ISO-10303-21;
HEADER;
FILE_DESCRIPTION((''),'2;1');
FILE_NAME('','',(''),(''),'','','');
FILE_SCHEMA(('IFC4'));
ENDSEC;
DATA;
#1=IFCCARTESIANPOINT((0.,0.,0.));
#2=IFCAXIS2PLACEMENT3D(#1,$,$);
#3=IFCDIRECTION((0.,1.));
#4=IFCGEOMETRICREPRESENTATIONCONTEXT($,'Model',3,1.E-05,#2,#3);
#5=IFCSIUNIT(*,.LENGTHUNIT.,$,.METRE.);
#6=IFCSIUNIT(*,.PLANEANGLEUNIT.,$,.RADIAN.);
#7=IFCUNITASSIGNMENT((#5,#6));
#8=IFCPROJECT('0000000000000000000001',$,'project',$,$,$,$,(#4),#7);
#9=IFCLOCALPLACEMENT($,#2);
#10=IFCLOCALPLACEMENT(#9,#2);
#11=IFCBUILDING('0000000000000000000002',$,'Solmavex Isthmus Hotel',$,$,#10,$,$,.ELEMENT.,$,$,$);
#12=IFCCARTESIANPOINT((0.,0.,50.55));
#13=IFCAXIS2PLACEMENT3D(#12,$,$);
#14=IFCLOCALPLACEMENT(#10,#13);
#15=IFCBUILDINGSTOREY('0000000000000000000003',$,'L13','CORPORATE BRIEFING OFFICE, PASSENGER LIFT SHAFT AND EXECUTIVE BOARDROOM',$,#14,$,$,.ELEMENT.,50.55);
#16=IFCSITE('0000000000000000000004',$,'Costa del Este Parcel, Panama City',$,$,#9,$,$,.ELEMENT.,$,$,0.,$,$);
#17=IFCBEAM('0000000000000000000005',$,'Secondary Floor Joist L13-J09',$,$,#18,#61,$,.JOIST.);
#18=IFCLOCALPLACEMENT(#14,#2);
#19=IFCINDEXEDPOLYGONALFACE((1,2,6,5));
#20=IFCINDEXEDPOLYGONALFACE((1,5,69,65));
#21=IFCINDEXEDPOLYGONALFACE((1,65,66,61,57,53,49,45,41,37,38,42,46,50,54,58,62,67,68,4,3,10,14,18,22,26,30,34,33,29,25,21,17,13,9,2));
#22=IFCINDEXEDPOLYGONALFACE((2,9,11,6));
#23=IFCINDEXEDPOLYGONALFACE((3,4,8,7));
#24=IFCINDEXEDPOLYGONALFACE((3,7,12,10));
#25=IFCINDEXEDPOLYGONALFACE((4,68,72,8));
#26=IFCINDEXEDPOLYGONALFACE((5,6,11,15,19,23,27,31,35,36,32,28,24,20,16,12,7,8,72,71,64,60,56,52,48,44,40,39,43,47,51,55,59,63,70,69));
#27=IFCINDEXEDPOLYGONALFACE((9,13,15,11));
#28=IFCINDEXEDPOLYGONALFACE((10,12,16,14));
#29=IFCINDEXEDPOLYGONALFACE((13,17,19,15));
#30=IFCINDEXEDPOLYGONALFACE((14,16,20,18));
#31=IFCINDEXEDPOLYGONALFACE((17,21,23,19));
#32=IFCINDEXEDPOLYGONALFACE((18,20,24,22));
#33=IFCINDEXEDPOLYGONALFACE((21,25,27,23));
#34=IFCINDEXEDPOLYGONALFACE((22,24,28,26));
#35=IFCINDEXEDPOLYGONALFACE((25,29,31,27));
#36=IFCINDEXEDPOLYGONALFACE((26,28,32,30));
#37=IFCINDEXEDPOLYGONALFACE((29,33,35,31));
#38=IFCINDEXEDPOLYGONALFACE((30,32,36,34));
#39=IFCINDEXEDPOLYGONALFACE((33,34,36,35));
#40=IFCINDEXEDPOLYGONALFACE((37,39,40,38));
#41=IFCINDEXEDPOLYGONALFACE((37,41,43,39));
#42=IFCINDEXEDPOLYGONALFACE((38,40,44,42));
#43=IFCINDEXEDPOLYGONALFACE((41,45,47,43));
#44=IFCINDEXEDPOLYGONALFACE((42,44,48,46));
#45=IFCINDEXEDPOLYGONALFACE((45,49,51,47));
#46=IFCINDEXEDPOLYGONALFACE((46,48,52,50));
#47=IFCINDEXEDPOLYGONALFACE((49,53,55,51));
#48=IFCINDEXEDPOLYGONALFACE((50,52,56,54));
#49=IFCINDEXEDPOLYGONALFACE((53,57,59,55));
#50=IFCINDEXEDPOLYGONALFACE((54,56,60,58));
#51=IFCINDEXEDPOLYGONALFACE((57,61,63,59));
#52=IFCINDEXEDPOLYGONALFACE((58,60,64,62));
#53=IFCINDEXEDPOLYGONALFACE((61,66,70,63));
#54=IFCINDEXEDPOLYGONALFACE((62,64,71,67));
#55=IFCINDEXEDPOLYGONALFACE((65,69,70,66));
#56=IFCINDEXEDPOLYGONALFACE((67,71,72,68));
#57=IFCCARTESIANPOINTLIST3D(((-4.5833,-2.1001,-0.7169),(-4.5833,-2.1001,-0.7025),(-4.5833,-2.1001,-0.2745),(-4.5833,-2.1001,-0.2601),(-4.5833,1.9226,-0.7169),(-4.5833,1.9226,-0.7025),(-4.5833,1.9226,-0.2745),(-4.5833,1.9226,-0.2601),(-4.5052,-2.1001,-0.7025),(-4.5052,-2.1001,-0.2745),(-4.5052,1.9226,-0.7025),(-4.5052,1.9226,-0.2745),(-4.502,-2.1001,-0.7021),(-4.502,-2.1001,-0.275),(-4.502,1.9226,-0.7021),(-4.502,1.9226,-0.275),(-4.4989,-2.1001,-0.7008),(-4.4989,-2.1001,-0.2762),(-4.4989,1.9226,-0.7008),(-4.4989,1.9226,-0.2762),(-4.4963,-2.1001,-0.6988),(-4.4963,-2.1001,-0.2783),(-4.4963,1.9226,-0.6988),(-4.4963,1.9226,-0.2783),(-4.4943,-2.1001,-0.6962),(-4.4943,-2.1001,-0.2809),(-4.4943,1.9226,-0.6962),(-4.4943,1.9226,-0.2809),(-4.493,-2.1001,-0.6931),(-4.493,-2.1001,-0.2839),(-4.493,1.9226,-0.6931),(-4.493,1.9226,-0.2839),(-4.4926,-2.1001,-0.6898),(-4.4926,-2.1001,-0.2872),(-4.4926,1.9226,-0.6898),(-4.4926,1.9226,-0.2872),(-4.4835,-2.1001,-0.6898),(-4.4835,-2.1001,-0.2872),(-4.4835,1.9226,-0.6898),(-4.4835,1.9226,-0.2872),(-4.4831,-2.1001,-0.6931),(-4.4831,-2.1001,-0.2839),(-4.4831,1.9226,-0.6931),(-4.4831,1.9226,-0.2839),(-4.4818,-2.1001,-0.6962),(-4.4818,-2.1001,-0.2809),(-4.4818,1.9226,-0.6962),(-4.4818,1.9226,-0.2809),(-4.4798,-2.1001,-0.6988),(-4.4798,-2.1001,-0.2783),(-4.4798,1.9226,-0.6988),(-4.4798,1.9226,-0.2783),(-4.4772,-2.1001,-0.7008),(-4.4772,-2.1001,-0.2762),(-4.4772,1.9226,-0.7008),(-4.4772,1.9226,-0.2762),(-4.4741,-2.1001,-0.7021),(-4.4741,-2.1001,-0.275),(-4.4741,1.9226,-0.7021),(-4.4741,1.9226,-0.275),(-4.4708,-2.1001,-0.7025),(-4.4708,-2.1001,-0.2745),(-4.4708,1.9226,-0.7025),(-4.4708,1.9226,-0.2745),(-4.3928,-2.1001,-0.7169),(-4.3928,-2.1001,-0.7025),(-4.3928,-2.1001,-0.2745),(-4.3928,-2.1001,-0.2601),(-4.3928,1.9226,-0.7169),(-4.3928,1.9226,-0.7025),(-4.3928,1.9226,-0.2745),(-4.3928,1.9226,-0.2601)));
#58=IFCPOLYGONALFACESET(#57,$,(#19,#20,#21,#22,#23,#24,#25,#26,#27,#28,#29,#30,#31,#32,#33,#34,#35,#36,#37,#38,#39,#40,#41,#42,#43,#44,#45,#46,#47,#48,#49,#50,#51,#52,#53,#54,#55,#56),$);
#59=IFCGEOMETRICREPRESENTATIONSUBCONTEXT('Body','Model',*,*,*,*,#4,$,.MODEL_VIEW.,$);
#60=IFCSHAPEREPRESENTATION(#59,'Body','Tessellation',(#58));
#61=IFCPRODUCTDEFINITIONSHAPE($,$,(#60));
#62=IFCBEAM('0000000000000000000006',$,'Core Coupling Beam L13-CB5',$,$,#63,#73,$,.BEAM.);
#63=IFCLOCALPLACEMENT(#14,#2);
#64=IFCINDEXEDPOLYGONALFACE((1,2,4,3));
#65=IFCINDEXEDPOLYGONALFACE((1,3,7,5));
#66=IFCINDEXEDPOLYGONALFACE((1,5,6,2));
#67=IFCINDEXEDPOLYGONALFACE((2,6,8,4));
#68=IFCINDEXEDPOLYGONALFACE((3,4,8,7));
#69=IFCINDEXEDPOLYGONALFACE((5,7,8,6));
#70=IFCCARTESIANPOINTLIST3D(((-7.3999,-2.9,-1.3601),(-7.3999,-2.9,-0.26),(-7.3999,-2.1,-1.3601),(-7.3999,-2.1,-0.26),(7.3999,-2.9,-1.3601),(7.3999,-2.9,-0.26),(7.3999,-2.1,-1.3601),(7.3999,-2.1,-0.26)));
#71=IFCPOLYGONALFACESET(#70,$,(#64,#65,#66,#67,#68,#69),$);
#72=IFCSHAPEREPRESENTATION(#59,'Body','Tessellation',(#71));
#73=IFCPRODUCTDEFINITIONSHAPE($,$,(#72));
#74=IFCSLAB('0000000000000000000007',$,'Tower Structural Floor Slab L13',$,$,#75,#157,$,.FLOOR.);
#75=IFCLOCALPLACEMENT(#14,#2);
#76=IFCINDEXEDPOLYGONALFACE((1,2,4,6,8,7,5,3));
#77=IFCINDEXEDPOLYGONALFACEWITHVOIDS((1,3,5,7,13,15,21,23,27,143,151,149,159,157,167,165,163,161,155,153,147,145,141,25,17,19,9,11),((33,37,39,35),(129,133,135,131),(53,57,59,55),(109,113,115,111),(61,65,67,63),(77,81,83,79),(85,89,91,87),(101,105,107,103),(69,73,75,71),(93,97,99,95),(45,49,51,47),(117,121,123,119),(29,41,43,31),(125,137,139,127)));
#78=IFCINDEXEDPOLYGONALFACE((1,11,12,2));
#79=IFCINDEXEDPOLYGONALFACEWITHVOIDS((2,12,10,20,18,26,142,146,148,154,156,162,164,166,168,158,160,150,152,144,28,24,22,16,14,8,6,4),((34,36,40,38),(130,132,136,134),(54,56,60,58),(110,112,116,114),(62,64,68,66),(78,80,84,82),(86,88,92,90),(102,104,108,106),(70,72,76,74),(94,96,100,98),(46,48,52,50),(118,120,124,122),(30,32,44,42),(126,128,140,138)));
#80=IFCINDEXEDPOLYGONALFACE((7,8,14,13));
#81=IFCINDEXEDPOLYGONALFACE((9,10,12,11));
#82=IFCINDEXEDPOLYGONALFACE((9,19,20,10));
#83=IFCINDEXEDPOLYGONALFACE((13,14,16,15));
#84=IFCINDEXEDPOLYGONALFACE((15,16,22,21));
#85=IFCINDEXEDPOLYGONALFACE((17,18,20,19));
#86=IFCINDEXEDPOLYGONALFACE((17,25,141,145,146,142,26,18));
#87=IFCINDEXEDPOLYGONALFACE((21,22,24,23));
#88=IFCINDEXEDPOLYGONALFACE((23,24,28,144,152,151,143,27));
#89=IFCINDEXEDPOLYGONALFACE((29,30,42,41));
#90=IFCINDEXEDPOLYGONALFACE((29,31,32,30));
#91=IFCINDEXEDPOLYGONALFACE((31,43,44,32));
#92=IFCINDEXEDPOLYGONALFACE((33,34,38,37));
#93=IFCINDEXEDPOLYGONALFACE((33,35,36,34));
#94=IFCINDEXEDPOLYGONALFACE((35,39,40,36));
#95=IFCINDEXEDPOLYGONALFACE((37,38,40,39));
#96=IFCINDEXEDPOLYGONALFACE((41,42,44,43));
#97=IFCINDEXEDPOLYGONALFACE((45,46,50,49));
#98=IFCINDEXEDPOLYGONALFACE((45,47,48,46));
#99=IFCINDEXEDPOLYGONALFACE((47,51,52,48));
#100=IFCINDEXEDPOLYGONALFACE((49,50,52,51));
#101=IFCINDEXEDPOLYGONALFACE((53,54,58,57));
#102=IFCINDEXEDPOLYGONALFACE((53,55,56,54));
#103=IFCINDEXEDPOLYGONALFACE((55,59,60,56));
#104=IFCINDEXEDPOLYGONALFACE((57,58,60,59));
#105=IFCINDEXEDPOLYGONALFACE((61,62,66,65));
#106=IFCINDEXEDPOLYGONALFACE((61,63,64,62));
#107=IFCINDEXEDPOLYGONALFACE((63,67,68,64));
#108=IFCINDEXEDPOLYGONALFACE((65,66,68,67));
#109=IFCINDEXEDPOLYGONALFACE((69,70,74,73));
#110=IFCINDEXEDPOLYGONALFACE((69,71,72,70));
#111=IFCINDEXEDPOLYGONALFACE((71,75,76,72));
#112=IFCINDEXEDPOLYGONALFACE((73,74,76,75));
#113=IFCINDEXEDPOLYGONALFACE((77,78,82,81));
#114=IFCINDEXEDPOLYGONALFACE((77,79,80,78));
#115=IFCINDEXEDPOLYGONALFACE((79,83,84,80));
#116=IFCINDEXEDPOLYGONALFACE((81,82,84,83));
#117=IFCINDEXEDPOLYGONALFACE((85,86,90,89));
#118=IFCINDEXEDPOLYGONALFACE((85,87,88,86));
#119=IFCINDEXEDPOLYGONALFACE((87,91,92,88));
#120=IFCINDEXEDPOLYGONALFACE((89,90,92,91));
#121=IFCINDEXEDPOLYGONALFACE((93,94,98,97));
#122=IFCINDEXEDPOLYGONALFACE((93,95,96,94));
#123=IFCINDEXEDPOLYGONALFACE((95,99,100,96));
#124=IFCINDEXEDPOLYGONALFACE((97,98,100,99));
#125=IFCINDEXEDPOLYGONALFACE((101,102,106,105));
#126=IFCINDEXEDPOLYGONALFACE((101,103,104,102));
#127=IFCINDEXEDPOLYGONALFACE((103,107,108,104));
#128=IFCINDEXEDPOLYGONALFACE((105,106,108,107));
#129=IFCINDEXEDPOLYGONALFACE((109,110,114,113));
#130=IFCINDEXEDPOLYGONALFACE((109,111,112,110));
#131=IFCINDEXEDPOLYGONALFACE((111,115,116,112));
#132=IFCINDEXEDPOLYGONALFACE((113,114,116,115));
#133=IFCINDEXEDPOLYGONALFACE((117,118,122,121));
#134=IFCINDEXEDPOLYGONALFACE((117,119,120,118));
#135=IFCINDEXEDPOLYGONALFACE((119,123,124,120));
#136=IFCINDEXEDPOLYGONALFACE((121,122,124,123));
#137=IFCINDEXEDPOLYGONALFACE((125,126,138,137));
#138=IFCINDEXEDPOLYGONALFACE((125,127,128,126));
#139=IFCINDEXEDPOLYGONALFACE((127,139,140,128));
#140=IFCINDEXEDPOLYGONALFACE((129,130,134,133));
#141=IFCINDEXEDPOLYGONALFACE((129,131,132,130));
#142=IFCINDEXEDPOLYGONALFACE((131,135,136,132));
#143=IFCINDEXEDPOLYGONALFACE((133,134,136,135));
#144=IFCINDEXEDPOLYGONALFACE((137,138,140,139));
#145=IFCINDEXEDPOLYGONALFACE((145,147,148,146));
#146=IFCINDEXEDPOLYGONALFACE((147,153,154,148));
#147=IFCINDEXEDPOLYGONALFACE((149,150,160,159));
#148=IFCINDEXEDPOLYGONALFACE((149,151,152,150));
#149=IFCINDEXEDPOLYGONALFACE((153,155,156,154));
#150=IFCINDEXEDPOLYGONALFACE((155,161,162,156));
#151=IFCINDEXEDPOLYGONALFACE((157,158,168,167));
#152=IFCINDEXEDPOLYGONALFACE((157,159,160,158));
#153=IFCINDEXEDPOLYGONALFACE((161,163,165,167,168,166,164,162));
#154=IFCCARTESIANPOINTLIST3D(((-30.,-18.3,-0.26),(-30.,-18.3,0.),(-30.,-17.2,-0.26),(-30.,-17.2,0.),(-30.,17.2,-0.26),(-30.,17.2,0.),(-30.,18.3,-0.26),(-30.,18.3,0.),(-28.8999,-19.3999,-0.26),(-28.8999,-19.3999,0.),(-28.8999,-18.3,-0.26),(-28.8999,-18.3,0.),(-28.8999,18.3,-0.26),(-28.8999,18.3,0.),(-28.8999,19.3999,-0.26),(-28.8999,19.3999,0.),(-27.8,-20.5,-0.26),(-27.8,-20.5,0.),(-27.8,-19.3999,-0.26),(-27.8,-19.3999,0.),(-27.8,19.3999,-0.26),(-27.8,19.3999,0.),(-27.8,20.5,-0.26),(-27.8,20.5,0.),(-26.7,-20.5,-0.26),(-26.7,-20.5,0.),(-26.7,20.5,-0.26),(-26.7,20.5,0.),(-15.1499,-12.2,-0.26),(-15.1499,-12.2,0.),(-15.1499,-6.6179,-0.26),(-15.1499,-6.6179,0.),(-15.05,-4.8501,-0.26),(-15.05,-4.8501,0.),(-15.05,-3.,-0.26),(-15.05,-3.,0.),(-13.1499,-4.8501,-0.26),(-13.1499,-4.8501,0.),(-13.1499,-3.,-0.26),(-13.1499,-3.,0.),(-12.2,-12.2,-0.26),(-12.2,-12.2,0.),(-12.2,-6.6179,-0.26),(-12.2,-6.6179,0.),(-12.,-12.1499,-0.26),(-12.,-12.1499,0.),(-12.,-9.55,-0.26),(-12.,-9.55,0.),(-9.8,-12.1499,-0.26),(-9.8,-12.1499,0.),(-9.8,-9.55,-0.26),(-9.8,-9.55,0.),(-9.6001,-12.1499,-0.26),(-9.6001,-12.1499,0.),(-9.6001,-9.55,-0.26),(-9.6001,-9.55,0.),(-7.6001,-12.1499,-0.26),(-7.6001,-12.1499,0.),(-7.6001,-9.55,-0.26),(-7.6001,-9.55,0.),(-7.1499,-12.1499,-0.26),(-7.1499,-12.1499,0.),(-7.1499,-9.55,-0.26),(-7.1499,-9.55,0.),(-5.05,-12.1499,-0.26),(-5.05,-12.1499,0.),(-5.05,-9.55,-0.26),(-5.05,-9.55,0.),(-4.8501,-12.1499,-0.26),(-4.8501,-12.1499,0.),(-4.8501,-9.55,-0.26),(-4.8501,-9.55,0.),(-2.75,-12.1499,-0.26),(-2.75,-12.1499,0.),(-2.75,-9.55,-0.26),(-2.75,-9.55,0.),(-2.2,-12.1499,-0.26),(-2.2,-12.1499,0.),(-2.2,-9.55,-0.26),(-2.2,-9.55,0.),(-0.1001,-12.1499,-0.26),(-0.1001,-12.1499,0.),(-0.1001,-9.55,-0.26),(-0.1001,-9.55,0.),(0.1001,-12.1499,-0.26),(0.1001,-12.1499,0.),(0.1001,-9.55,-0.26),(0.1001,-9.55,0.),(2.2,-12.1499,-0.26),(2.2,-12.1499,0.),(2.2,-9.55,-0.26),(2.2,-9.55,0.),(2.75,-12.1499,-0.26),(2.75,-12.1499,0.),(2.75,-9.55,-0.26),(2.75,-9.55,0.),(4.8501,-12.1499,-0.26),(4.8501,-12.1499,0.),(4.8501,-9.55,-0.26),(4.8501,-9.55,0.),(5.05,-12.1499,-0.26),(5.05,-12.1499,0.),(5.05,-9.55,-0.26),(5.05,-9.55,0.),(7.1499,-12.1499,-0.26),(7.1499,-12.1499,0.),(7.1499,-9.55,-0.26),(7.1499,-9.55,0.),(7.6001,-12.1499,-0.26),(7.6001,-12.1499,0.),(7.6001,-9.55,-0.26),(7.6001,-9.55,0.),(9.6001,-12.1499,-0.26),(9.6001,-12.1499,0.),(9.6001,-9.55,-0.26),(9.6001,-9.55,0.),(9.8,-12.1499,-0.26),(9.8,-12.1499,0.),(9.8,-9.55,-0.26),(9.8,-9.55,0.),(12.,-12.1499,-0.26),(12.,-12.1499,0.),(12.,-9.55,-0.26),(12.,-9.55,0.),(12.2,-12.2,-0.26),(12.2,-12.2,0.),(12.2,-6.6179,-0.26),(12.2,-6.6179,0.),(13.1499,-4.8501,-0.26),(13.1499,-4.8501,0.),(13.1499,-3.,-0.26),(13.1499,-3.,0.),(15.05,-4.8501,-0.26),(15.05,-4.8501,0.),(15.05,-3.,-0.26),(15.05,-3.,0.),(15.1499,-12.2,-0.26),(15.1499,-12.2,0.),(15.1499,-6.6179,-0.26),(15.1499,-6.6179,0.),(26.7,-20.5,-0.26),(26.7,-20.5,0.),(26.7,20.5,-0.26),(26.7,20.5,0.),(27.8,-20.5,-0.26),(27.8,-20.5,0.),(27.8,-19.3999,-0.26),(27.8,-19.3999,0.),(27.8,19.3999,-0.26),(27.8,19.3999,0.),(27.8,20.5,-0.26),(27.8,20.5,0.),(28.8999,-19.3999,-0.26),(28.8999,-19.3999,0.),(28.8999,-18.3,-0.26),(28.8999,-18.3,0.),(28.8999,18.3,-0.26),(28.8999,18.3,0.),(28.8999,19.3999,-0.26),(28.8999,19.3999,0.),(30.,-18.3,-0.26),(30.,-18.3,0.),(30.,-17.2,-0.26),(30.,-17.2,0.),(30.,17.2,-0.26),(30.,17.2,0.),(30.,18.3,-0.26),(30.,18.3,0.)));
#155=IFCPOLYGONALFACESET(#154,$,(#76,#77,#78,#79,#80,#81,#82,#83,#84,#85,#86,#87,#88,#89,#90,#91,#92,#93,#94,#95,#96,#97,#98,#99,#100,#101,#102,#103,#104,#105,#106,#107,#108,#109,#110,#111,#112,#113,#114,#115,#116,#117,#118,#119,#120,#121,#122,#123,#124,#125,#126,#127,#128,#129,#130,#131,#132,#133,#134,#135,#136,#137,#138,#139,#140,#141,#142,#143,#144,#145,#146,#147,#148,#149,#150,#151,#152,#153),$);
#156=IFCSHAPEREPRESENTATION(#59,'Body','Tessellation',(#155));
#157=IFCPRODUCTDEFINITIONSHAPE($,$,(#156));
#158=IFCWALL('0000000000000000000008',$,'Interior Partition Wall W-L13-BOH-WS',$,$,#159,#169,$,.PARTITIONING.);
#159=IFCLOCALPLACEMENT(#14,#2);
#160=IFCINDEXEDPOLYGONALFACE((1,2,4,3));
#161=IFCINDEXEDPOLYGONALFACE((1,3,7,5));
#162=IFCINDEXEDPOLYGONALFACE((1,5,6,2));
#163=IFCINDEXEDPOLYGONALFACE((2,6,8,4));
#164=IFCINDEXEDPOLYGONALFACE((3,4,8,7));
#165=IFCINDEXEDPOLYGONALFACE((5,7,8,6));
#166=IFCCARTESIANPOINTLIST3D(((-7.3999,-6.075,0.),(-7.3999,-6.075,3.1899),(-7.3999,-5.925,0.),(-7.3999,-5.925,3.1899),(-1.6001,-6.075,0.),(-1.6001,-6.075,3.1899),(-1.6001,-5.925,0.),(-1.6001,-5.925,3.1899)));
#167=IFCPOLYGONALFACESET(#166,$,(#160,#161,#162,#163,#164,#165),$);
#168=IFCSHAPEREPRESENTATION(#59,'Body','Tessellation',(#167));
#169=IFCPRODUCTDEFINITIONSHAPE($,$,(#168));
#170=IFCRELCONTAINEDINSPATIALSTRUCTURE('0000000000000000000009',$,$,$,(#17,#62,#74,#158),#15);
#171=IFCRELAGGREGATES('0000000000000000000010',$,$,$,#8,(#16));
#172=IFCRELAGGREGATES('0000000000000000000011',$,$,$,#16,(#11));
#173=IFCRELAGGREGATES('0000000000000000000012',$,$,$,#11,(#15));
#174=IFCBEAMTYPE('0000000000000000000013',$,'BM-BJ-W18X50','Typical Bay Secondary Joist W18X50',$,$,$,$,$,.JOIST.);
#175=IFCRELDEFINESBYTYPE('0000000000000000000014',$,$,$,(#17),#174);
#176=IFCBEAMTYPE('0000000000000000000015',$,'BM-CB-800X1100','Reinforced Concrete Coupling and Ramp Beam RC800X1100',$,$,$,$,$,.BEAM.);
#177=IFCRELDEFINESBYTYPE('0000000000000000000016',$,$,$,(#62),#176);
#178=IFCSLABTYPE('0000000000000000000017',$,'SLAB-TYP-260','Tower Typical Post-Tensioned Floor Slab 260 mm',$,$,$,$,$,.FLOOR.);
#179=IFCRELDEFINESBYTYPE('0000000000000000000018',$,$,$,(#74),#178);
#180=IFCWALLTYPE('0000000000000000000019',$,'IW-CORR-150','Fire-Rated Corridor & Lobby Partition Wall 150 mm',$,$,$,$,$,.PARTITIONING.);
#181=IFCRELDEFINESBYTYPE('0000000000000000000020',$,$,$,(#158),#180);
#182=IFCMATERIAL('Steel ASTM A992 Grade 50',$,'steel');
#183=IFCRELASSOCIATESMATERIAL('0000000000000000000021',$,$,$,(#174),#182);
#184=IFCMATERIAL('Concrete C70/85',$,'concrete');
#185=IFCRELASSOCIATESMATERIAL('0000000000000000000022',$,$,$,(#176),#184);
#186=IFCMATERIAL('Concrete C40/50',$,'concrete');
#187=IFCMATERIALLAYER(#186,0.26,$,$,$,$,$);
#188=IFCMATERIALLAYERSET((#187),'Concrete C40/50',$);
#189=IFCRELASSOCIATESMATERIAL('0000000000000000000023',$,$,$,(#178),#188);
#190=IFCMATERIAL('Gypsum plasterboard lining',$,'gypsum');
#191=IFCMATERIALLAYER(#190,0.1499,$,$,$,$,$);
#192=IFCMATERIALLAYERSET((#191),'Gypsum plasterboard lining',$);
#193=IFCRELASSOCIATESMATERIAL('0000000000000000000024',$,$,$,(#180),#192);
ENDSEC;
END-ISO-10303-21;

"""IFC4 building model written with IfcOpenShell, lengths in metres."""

from ifc_helpers import new_model, si_unit, direction, frame, frame_2d, origin, origin_2d, place, context, subcontext, project, spatial, polyline, rectangle, i_section, outline, extrude, material, layer, layer_set, material_profile, profile_set, type_object, element, save


model = new_model("IFC4")

# Units and contexts
model_context = context("Model", 3, precision=1e-05, world=origin(), true_north=direction((0.0, 1.0)))
body_context = subcontext(model_context, "Body", "Model", "MODEL_VIEW")
ifc_project = project(units=[si_unit("LENGTHUNIT", "METRE"), si_unit("PLANEANGLEUNIT", "RADIAN")], contexts=[model_context])

# Site, building, storey
site_placement = place(None, origin())
site = spatial("IfcSite", under=ifc_project, at=site_placement, Name="Costa del Este Parcel, Panama City", CompositionType="ELEMENT", RefElevation=0.0)
building_placement = place(site_placement, origin())
building = spatial("IfcBuilding", under=site, at=building_placement, Name="Solmavex Isthmus Hotel", CompositionType="ELEMENT")
storey_placement = place(building_placement, frame((0.0, 0.0, 50.55)))
storey = spatial("IfcBuildingStorey", under=building, at=storey_placement, Name="L13", Description="CORPORATE BRIEFING OFFICE, PASSENGER LIFT SHAFT AND EXECUTIVE BOARDROOM", CompositionType="ELEMENT", Elevation=50.55)

# Shared definitions
ifc_material_1 = material(Name="Concrete C70/85", Category="concrete")

# Beams
ifc_material_2 = material(Name="Steel ASTM A992 Grade 50", Category="steel")
ifc_material_profile_1 = material_profile(ifc_material_2, i_section(OverallWidth=0.1904, OverallDepth=0.4568, WebThickness=0.009, FlangeThickness=0.0144, FilletRadius=0.0127, at=origin_2d()), Name="W18X50")
ifc_profile_set_1 = profile_set([ifc_material_profile_1], Name="Steel ASTM A992 Grade 50")
beam_type_1 = type_object("IfcBeamType", Name="BM-BJ-W18X50", Description="Typical Bay Secondary Joist W18X50", PredefinedType="JOIST", material=ifc_profile_set_1)
for number, where, z_axis, x_axis, name in (
    (1, (-4.488, -2.1001, -0.4885), (0.0, 1.0, 0.0), (-1.0, 0.0, 0.0), "Secondary Floor Joist L13-J09"),
):
    element("IfcBeam", number, at=place(storey_placement, frame(where, z_axis=z_axis, x_axis=x_axis)), inside=storey, type_object=beam_type_1, Name=name, PredefinedType="JOIST", context=body_context, shape_type="SweptSolid", body=[
        extrude(i_section(OverallWidth=0.1904, OverallDepth=0.4568, WebThickness=0.009, FlangeThickness=0.0144, FilletRadius=0.0127, at=origin_2d()), origin(), (0.0, 0.0, 1.0), 4.0227),
    ])
ifc_material_profile_2 = material_profile(ifc_material_1, rectangle(XDim=0.8, YDim=1.1001, at=origin_2d()), Name="RC800X1100")
ifc_profile_set_2 = profile_set([ifc_material_profile_2], Name="Concrete C70/85")
beam_type_2 = type_object("IfcBeamType", Name="BM-CB-800X1100", Description="Reinforced Concrete Coupling and Ramp Beam RC800X1100", PredefinedType="BEAM", material=ifc_profile_set_2)
beam_placement = place(storey_placement, frame((-7.3999, -2.5, -0.8101), z_axis=(1.0, 0.0, 0.0), x_axis=(0.0, 1.0, 0.0)))
element("IfcBeam", 2, at=beam_placement, inside=storey, type_object=beam_type_2, Name="Core Coupling Beam L13-CB5", PredefinedType="BEAM", context=body_context, shape_type="SweptSolid", body=[
    extrude(rectangle(XDim=0.8, YDim=1.1001, at=origin_2d()), origin(), (0.0, 0.0, 1.0), 14.7998),
])

# Slab
ifc_material_3 = material(Name="Concrete C40/50", Category="concrete")
ifc_layer_1 = layer(ifc_material_3, 0.26)
ifc_layer_set_1 = layer_set([ifc_layer_1], Name="Concrete C40/50")
slab_type = type_object("IfcSlabType", Name="SLAB-TYP-260", Description="Tower Typical Post-Tensioned Floor Slab 260 mm", PredefinedType="FLOOR", material=ifc_layer_set_1)
slab_placement = place(storey_placement, frame((0.0, 0.0, -0.26)))
element("IfcSlab", 3, at=slab_placement, inside=storey, type_object=slab_type, Name="Tower Structural Floor Slab L13", PredefinedType="FLOOR", context=body_context, shape_type="SweptSolid", body=[
    extrude(outline(polyline([(-26.7, -20.5), (26.7, -20.5), (27.8, -20.5), (27.8, -19.3999), (28.8999, -19.3999), (28.8999, -18.3), (30.0, -18.3), (30.0, -17.2), (30.0, 17.2), (30.0, 18.3), (28.8999, 18.3), (28.8999, 19.3999), (27.8, 19.3999), (27.8, 20.5), (26.7, 20.5), (-26.7, 20.5), (-27.8, 20.5), (-27.8, 19.3999), (-28.8999, 19.3999), (-28.8999, 18.3), (-30.0, 18.3), (-30.0, 17.2), (-30.0, -17.2), (-30.0, -18.3), (-28.8999, -18.3), (-28.8999, -19.3999), (-27.8, -19.3999), (-27.8, -20.5), (-26.7, -20.5)]), holes=[polyline([(-15.1499, -6.6179), (-15.1499, -12.2), (-12.2, -12.2), (-12.2, -6.6179), (-15.1499, -6.6179)]), polyline([(12.2, -6.6179), (12.2, -12.2), (15.1499, -12.2), (15.1499, -6.6179), (12.2, -6.6179)]), polyline([(-12.0, -12.1499), (-9.8, -12.1499), (-9.8, -9.55), (-12.0, -9.55), (-12.0, -12.1499)]), polyline([(9.8, -12.1499), (12.0, -12.1499), (12.0, -9.55), (9.8, -9.55), (9.8, -12.1499)]), polyline([(-9.6001, -12.1499), (-7.6001, -12.1499), (-7.6001, -9.55), (-9.6001, -9.55), (-9.6001, -12.1499)]), polyline([(7.6001, -12.1499), (9.6001, -12.1499), (9.6001, -9.55), (7.6001, -9.55), (7.6001, -12.1499)]), polyline([(-7.1499, -12.1499), (-5.05, -12.1499), (-5.05, -9.55), (-7.1499, -9.55), (-7.1499, -12.1499)]), polyline([(-4.8501, -12.1499), (-2.75, -12.1499), (-2.75, -9.55), (-4.8501, -9.55), (-4.8501, -12.1499)]), polyline([(-2.2, -12.1499), (-0.1001, -12.1499), (-0.1001, -9.55), (-2.2, -9.55), (-2.2, -12.1499)]), polyline([(0.1001, -12.1499), (2.2, -12.1499), (2.2, -9.55), (0.1001, -9.55), (0.1001, -12.1499)]), polyline([(2.75, -12.1499), (4.8501, -12.1499), (4.8501, -9.55), (2.75, -9.55), (2.75, -12.1499)]), polyline([(5.05, -12.1499), (7.1499, -12.1499), (7.1499, -9.55), (5.05, -9.55), (5.05, -12.1499)]), polyline([(-15.05, -4.8501), (-13.1499, -4.8501), (-13.1499, -3.0), (-15.05, -3.0), (-15.05, -4.8501)]), polyline([(13.1499, -4.8501), (15.05, -4.8501), (15.05, -3.0), (13.1499, -3.0), (13.1499, -4.8501)])]), origin(), (0.0, 0.0, 1.0), 0.26),
])

# Wall
ifc_material_4 = material(Name="Gypsum plasterboard lining", Category="gypsum")
ifc_layer_2 = layer(ifc_material_4, 0.1499)
ifc_layer_set_2 = layer_set([ifc_layer_2], Name="Gypsum plasterboard lining")
wall_type_1 = type_object("IfcWallType", Name="IW-CORR-150", Description="Fire-Rated Corridor & Lobby Partition Wall 150 mm", PredefinedType="PARTITIONING", material=ifc_layer_set_2)
wall_1_placement = place(storey_placement, frame((-7.3999, -6.0, 0.0), z_axis=(0.0, 0.0, 1.0), x_axis=(1.0, 0.0, 0.0)))
element("IfcWall", 4, at=wall_1_placement, inside=storey, type_object=wall_type_1, Name="Interior Partition Wall W-L13-BOH-WS", PredefinedType="PARTITIONING", context=body_context, shape_type="SweptSolid", body=[
    extrude(rectangle(XDim=5.7998, YDim=0.1499, at=frame_2d((2.8999, 0.0))), origin(), (0.0, 0.0, 1.0), 3.1899),
])

save(model, "model.ifc")
